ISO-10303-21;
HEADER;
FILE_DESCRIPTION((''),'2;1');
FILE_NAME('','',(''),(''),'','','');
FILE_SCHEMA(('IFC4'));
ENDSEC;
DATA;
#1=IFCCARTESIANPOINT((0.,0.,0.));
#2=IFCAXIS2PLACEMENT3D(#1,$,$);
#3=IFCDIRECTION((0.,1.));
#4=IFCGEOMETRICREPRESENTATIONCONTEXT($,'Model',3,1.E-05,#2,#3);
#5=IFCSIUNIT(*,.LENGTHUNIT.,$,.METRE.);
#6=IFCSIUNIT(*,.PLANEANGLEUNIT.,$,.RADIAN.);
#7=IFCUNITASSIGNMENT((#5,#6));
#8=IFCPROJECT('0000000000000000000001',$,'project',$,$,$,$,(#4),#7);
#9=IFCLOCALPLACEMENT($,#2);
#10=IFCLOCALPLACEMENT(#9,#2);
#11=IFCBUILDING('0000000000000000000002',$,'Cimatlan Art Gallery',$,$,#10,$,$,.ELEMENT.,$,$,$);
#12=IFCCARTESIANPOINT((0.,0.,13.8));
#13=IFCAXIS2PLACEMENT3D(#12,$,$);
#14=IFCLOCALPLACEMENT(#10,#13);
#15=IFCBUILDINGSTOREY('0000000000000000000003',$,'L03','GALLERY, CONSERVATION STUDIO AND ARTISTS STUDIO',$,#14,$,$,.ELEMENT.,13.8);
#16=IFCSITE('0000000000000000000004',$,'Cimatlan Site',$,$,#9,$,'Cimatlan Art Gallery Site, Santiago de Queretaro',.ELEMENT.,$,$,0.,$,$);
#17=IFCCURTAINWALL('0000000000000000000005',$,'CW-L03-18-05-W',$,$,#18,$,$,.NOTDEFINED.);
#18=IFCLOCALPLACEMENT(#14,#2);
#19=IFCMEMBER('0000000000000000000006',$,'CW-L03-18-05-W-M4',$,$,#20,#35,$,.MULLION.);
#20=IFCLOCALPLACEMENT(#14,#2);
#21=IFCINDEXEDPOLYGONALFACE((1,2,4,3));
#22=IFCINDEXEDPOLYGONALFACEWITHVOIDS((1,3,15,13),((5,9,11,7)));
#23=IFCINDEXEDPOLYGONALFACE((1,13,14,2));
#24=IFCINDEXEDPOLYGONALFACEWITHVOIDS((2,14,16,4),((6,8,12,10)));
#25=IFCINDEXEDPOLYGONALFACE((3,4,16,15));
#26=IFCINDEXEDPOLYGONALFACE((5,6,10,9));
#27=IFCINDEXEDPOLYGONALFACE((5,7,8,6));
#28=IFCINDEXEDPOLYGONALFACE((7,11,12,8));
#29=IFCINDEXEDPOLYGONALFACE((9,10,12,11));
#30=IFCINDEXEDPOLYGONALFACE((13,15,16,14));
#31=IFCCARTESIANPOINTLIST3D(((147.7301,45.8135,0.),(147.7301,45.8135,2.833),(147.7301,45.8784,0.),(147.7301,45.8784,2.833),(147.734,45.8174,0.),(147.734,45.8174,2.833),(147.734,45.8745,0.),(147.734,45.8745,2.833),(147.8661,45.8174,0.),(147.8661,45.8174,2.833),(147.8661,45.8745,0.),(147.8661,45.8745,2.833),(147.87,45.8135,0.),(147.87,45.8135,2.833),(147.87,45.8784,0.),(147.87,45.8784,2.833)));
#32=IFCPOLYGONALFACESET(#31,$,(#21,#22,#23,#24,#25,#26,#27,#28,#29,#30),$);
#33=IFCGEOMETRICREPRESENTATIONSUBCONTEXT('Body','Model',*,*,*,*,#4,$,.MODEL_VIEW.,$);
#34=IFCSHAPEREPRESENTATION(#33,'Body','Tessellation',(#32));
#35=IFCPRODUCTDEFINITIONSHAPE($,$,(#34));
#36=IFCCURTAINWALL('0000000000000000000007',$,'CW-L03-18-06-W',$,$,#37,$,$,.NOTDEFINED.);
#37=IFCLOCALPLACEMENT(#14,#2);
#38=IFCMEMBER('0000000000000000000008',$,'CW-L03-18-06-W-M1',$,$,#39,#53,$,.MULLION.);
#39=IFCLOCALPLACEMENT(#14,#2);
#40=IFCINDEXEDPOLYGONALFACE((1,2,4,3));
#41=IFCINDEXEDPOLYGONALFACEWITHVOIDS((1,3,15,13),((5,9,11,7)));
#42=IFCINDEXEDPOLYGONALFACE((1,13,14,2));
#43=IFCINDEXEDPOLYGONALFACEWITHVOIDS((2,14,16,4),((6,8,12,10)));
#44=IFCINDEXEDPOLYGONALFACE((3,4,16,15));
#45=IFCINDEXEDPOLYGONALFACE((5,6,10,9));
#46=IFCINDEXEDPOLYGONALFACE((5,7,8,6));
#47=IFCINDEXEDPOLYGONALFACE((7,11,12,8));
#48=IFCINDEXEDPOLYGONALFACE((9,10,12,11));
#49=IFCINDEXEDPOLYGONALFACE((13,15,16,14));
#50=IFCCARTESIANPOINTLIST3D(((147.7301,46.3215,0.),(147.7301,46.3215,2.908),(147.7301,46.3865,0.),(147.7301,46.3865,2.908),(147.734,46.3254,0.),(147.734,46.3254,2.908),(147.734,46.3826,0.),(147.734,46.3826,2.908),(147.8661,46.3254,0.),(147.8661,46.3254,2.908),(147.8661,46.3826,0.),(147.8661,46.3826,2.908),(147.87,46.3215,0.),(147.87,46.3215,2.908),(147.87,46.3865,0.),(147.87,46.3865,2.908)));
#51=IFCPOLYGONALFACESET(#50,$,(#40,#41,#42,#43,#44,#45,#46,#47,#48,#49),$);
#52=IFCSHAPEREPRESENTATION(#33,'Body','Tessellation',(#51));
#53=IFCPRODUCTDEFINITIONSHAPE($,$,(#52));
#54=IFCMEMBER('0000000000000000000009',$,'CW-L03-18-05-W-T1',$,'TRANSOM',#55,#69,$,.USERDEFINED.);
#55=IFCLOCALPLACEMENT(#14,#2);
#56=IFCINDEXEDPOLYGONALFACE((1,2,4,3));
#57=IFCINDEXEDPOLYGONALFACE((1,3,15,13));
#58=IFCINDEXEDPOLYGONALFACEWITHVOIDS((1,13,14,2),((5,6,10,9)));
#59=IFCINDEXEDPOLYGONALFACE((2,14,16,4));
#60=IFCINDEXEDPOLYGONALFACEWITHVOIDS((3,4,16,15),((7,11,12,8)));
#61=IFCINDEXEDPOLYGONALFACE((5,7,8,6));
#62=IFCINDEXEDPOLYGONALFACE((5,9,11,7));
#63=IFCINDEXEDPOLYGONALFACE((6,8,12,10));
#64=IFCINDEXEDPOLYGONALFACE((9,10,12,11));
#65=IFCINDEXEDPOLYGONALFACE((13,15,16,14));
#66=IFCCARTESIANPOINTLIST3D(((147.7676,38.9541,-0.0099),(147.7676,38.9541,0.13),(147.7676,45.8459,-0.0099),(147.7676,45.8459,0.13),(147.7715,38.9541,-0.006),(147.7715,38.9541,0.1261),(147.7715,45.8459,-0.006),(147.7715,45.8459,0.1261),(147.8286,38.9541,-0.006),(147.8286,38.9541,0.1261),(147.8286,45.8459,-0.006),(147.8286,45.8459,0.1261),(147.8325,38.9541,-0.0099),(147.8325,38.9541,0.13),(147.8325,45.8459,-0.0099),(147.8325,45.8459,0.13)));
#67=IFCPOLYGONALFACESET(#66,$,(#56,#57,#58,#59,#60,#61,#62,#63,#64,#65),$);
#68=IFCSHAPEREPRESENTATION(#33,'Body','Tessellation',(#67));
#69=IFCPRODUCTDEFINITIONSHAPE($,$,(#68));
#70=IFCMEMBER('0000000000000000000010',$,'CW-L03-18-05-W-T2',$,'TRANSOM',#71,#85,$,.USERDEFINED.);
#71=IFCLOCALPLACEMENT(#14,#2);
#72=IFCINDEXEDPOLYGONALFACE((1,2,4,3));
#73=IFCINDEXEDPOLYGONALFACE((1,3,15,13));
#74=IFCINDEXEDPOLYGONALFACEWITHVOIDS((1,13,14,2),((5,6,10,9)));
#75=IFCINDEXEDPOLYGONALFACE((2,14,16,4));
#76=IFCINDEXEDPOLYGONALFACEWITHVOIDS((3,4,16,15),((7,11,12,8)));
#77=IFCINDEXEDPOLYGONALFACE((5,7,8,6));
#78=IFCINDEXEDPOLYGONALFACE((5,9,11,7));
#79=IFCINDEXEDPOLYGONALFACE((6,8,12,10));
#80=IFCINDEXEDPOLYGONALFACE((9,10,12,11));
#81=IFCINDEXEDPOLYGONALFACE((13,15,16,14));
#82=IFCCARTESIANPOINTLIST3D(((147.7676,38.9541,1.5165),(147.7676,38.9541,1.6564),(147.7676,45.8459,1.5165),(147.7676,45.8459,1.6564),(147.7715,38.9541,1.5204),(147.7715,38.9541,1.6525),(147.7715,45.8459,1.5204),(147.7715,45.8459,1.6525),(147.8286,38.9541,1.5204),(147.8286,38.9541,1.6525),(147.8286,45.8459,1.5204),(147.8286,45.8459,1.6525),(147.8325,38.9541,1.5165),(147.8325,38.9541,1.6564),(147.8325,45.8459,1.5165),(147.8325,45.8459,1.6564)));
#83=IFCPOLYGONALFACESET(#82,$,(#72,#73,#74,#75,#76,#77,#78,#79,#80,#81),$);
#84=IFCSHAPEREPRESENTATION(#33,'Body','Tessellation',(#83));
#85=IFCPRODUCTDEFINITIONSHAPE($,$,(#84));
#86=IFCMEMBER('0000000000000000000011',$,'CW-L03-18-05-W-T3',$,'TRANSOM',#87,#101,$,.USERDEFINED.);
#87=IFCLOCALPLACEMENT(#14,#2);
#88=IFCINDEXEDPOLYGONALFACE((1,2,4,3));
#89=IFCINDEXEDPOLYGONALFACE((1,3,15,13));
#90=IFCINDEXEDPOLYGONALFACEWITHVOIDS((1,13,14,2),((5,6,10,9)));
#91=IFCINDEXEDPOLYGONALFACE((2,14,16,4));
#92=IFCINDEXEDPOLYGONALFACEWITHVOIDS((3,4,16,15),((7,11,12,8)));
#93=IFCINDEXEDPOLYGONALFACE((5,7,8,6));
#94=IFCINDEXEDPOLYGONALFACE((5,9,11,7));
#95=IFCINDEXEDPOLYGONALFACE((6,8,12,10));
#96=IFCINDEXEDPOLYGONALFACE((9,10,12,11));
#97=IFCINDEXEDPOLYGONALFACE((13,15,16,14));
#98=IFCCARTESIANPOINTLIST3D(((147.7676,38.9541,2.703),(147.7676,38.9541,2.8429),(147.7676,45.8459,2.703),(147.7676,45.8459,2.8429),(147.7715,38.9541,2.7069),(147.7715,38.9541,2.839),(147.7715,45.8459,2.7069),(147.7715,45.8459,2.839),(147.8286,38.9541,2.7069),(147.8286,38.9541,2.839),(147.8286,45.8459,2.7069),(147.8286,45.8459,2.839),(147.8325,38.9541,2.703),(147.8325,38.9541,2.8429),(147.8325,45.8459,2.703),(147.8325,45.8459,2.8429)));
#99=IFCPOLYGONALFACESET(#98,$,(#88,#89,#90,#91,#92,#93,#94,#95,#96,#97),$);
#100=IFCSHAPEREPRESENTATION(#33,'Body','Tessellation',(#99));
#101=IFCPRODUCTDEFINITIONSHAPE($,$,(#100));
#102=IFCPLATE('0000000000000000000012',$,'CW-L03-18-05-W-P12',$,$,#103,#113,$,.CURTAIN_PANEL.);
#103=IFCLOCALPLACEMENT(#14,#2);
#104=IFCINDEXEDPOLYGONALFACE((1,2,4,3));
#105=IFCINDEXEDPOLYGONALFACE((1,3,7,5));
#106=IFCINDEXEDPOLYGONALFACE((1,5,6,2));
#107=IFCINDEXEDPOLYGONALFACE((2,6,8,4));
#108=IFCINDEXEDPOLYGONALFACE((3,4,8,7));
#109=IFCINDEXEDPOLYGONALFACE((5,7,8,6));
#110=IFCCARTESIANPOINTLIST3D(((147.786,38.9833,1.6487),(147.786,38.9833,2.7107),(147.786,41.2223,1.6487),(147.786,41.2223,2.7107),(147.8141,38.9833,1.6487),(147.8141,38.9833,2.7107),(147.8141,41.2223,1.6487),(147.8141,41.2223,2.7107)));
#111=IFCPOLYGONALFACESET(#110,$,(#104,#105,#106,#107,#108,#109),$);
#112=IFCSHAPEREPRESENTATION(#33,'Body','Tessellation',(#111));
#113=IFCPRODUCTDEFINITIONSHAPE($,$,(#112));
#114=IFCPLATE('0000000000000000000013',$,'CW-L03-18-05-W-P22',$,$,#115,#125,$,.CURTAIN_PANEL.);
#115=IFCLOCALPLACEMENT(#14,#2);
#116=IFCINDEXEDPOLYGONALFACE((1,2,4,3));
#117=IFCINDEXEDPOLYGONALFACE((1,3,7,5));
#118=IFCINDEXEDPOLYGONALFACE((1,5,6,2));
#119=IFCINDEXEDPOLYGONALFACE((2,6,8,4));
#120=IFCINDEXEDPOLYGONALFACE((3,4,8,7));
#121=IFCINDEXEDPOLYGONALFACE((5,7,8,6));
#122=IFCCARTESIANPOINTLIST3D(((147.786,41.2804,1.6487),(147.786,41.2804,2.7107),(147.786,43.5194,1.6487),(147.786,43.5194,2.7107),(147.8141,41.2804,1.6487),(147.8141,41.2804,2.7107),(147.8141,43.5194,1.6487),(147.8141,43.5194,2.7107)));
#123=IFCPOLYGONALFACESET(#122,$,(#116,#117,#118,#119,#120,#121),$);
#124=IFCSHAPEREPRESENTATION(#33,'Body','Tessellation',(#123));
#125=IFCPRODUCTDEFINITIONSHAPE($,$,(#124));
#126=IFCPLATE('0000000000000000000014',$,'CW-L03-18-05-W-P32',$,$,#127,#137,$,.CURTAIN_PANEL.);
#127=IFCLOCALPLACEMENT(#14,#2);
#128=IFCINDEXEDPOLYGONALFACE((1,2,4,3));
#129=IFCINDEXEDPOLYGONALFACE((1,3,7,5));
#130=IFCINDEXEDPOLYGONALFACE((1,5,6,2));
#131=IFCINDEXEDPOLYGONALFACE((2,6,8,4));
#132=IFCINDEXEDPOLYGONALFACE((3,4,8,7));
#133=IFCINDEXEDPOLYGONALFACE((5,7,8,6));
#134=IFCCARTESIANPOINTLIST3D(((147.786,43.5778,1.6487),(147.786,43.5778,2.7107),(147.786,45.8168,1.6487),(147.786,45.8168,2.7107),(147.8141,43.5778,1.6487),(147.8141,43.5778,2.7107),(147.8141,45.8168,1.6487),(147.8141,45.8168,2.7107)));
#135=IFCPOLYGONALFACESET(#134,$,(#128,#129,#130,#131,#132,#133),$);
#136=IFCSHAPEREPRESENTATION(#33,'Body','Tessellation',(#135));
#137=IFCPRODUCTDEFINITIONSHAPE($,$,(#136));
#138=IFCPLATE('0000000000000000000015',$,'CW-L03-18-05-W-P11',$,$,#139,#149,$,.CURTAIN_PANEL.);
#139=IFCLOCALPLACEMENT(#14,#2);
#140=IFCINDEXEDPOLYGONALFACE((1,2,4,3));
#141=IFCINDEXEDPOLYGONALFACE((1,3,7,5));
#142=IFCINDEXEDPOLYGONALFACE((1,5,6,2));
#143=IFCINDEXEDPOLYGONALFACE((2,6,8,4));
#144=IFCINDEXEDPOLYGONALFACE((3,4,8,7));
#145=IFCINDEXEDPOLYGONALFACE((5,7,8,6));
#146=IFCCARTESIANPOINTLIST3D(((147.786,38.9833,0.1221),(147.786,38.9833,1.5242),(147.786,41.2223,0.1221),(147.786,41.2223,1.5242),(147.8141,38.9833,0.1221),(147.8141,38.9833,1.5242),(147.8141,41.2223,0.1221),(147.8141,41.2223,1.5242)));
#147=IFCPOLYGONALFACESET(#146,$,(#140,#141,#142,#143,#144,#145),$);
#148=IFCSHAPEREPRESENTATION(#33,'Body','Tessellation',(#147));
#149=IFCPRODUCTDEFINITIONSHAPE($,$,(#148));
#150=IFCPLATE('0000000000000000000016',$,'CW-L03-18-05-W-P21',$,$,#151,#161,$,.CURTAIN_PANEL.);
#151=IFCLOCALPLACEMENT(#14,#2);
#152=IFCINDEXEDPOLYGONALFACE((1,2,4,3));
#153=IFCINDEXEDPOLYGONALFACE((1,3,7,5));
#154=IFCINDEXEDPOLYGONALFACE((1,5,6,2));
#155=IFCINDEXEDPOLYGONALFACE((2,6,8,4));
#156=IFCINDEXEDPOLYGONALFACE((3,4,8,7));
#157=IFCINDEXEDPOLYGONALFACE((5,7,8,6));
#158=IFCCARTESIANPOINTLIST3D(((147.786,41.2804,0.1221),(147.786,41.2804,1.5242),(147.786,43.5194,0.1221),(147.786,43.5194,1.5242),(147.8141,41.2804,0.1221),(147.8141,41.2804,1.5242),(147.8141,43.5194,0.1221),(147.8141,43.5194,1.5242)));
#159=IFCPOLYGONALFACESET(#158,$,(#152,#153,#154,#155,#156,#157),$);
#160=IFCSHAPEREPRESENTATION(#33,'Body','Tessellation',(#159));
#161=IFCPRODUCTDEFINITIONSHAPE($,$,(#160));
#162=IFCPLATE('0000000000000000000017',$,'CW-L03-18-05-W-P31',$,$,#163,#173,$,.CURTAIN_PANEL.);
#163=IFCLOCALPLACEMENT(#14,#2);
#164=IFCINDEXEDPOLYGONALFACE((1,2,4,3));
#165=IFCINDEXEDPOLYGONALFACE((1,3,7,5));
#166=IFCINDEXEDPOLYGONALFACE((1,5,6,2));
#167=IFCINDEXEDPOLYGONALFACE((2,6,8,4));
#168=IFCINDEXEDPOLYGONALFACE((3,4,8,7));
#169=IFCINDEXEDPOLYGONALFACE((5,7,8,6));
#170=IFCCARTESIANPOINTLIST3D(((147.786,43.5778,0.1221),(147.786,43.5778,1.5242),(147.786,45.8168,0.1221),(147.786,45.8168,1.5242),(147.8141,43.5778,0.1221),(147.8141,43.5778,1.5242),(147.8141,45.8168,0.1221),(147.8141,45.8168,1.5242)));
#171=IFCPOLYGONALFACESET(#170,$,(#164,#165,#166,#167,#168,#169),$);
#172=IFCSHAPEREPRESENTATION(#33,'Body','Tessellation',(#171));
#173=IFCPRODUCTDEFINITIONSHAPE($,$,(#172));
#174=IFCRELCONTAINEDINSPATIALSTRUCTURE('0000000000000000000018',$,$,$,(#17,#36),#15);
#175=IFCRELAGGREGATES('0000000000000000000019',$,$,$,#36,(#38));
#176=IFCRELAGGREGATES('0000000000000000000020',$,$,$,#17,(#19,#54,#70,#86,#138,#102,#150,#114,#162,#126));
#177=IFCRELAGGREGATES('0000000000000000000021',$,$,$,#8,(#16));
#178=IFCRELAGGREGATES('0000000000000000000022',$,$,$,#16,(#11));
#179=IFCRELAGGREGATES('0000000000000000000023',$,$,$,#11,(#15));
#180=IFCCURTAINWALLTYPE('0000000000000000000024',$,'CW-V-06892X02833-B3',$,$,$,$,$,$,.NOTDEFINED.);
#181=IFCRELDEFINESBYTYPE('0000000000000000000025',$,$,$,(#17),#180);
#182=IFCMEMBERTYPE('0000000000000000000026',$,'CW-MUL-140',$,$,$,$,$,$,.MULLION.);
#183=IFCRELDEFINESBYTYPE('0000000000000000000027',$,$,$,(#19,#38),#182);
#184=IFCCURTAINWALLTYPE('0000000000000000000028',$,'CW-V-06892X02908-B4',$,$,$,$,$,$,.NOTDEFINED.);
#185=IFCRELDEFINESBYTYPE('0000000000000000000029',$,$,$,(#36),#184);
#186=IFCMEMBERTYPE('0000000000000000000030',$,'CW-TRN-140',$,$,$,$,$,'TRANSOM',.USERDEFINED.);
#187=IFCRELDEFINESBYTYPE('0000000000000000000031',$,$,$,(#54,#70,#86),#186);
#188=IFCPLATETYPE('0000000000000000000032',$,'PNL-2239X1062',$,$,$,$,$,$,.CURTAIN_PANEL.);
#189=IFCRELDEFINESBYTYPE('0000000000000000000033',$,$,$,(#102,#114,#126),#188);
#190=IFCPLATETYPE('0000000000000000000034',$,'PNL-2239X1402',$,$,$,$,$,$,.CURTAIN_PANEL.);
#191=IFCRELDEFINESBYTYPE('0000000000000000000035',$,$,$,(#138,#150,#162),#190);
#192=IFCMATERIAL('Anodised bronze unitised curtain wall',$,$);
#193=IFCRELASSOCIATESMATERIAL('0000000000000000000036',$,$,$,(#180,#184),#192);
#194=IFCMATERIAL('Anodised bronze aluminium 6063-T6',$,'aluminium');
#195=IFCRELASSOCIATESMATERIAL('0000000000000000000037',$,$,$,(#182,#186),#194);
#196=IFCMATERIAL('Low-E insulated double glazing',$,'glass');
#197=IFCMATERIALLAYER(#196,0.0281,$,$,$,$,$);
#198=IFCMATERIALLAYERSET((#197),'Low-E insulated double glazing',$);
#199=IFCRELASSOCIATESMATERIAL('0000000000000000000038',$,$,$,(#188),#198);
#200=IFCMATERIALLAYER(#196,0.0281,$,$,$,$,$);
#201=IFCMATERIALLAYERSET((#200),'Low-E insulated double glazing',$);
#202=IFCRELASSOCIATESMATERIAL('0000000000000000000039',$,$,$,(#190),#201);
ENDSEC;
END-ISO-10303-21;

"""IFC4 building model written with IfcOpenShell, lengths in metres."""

from ifc_helpers import new_model, si_unit, direction, frame, origin, origin_2d, place, context, subcontext, project, spatial, rectangle, hollow_rectangle, extrude, material, layer, layer_set, material_profile, profile_set, type_object, element, aggregate, save


model = new_model("IFC4")

# Units and contexts
model_context = context("Model", 3, precision=1e-05, world=origin(), true_north=direction((0.0, 1.0)))
body_context = subcontext(model_context, "Body", "Model", "MODEL_VIEW")
ifc_project = project(units=[si_unit("LENGTHUNIT", "METRE"), si_unit("PLANEANGLEUNIT", "RADIAN")], contexts=[model_context])

# Site, building, storey
site_placement = place(None, origin())
site = spatial("IfcSite", under=ifc_project, at=site_placement, Name="Cimatlan Site", LongName="Cimatlan Art Gallery Site, Santiago de Queretaro", CompositionType="ELEMENT", RefElevation=0.0)
building_placement = place(site_placement, origin())
building = spatial("IfcBuilding", under=site, at=building_placement, Name="Cimatlan Art Gallery", CompositionType="ELEMENT")
storey_placement = place(building_placement, frame((0.0, 0.0, 13.8)))
storey = spatial("IfcBuildingStorey", under=building, at=storey_placement, Name="L03", Description="GALLERY, CONSERVATION STUDIO AND ARTISTS STUDIO", CompositionType="ELEMENT", Elevation=13.8)

# Curtain wall, member
ifc_material_1 = material(Name="Anodised bronze unitised curtain wall")
curtain_wall_type_1 = type_object("IfcCurtainWallType", Name="CW-V-06892X02833-B3", PredefinedType="NOTDEFINED", material=ifc_material_1)
curtain_wall_1_placement = place(storey_placement, origin())
curtain_wall_1 = element("IfcCurtainWall", 1, at=curtain_wall_1_placement, inside=storey, type_object=curtain_wall_type_1, Name="CW-L03-18-05-W", PredefinedType="NOTDEFINED")
ifc_material_2 = material(Name="Anodised bronze aluminium 6063-T6", Category="aluminium")
ifc_material_profile_1 = material_profile(ifc_material_2, hollow_rectangle(XDim=0.0649, YDim=0.1399, WallThickness=0.0039, at=origin_2d()), Name="ALU65X140X4")
ifc_profile_set_1 = profile_set([ifc_material_profile_1], Name="Anodised bronze aluminium 6063-T6")
member_type_1 = type_object("IfcMemberType", Name="CW-MUL-140", PredefinedType="MULLION", material=ifc_profile_set_1)
member_1_placement = place(storey_placement, frame((147.8, 45.8459, 0.0), z_axis=(0.0, 0.0, 1.0), x_axis=(0.0, 1.0, 0.0)))
member_1 = element("IfcMember", 2, at=member_1_placement, type_object=member_type_1, Name="CW-L03-18-05-W-M4", PredefinedType="MULLION", context=body_context, shape_type="SweptSolid", body=[
    extrude(hollow_rectangle(XDim=0.0649, YDim=0.1399, WallThickness=0.0039, at=origin_2d()), origin(), (0.0, 0.0, 1.0), 2.833),
])

# Curtain wall, member
curtain_wall_type_2 = type_object("IfcCurtainWallType", Name="CW-V-06892X02908-B4", PredefinedType="NOTDEFINED", material=ifc_material_1)
curtain_wall_2_placement = place(storey_placement, origin())
curtain_wall_2 = element("IfcCurtainWall", 3, at=curtain_wall_2_placement, inside=storey, type_object=curtain_wall_type_2, Name="CW-L03-18-06-W", PredefinedType="NOTDEFINED")
member_2_placement = place(storey_placement, frame((147.8, 46.354, 0.0), z_axis=(0.0, 0.0, 1.0), x_axis=(0.0, 1.0, 0.0)))
member_2 = element("IfcMember", 4, at=member_2_placement, type_object=member_type_1, Name="CW-L03-18-06-W-M1", PredefinedType="MULLION", context=body_context, shape_type="SweptSolid", body=[
    extrude(hollow_rectangle(XDim=0.0649, YDim=0.1399, WallThickness=0.0039, at=origin_2d()), origin(), (0.0, 0.0, 1.0), 2.908),
])
aggregate(curtain_wall_2, [member_2])

# Members
ifc_material_profile_2 = material_profile(ifc_material_2, hollow_rectangle(XDim=0.0649, YDim=0.1399, WallThickness=0.0039, at=origin_2d()), Name="ALU65X140X4")
ifc_profile_set_2 = profile_set([ifc_material_profile_2], Name="Anodised bronze aluminium 6063-T6")
member_type_2 = type_object("IfcMemberType", Name="CW-TRN-140", ElementType="TRANSOM", PredefinedType="USERDEFINED", material=ifc_profile_set_2)
member_3_placement = place(storey_placement, frame((147.8, 38.9541, 0.0601), z_axis=(0.0, 1.0, 0.0), x_axis=(-1.0, 0.0, 0.0)))
member_3 = element("IfcMember", 5, at=member_3_placement, type_object=member_type_2, Name="CW-L03-18-05-W-T1", ObjectType="TRANSOM", PredefinedType="USERDEFINED", context=body_context, shape_type="SweptSolid", body=[
    extrude(hollow_rectangle(XDim=0.0649, YDim=0.1399, WallThickness=0.0039, at=origin_2d()), origin(), (0.0, 0.0, 1.0), 6.8918),
])
member_4_placement = place(storey_placement, frame((147.8, 38.9541, 1.5864), z_axis=(0.0, 1.0, 0.0), x_axis=(-1.0, 0.0, 0.0)))
member_4 = element("IfcMember", 6, at=member_4_placement, type_object=member_type_2, Name="CW-L03-18-05-W-T2", ObjectType="TRANSOM", PredefinedType="USERDEFINED", context=body_context, shape_type="SweptSolid", body=[
    extrude(hollow_rectangle(XDim=0.0649, YDim=0.1399, WallThickness=0.0039, at=origin_2d()), origin(), (0.0, 0.0, 1.0), 6.8918),
])
member_5_placement = place(storey_placement, frame((147.8, 38.9541, 2.7729), z_axis=(0.0, 1.0, 0.0), x_axis=(-1.0, 0.0, 0.0)))
member_5 = element("IfcMember", 7, at=member_5_placement, type_object=member_type_2, Name="CW-L03-18-05-W-T3", ObjectType="TRANSOM", PredefinedType="USERDEFINED", context=body_context, shape_type="SweptSolid", body=[
    extrude(hollow_rectangle(XDim=0.0649, YDim=0.1399, WallThickness=0.0039, at=origin_2d()), origin(), (0.0, 0.0, 1.0), 6.8918),
])

# Plates
ifc_material_3 = material(Name="Low-E insulated double glazing", Category="glass")
ifc_layer_1 = layer(ifc_material_3, 0.0281)
ifc_layer_set_1 = layer_set([ifc_layer_1], Name="Low-E insulated double glazing")
plate_type_1 = type_object("IfcPlateType", Name="PNL-2239X1062", PredefinedType="CURTAIN_PANEL", material=ifc_layer_set_1)
plate_1_placement = place(storey_placement, frame((147.8, 40.1028, 1.6487), z_axis=(0.0, 0.0, 1.0), x_axis=(0.0, 1.0, 0.0)))
plate_1 = element("IfcPlate", 8, at=plate_1_placement, type_object=plate_type_1, Name="CW-L03-18-05-W-P12", PredefinedType="CURTAIN_PANEL", context=body_context, shape_type="SweptSolid", body=[
    extrude(rectangle(XDim=2.239, YDim=0.0281, at=origin_2d()), origin(), (0.0, 0.0, 1.0), 1.062),
])
plate_2_placement = place(storey_placement, frame((147.8, 42.3999, 1.6487), z_axis=(0.0, 0.0, 1.0), x_axis=(0.0, 1.0, 0.0)))
plate_2 = element("IfcPlate", 9, at=plate_2_placement, type_object=plate_type_1, Name="CW-L03-18-05-W-P22", PredefinedType="CURTAIN_PANEL", context=body_context, shape_type="SweptSolid", body=[
    extrude(rectangle(XDim=2.239, YDim=0.0281, at=origin_2d()), origin(), (0.0, 0.0, 1.0), 1.062),
])
plate_3_placement = place(storey_placement, frame((147.8, 44.6973, 1.6487), z_axis=(0.0, 0.0, 1.0), x_axis=(0.0, 1.0, 0.0)))
plate_3 = element("IfcPlate", 10, at=plate_3_placement, type_object=plate_type_1, Name="CW-L03-18-05-W-P32", PredefinedType="CURTAIN_PANEL", context=body_context, shape_type="SweptSolid", body=[
    extrude(rectangle(XDim=2.239, YDim=0.0281, at=origin_2d()), origin(), (0.0, 0.0, 1.0), 1.062),
])
ifc_layer_2 = layer(ifc_material_3, 0.0281)
ifc_layer_set_2 = layer_set([ifc_layer_2], Name="Low-E insulated double glazing")
plate_type_2 = type_object("IfcPlateType", Name="PNL-2239X1402", PredefinedType="CURTAIN_PANEL", material=ifc_layer_set_2)
plate_4_placement = place(storey_placement, frame((147.8, 40.1028, 0.1221), z_axis=(0.0, 0.0, 1.0), x_axis=(0.0, 1.0, 0.0)))
plate_4 = element("IfcPlate", 11, at=plate_4_placement, type_object=plate_type_2, Name="CW-L03-18-05-W-P11", PredefinedType="CURTAIN_PANEL", context=body_context, shape_type="SweptSolid", body=[
    extrude(rectangle(XDim=2.239, YDim=0.0281, at=origin_2d()), origin(), (0.0, 0.0, 1.0), 1.4021),
])
plate_5_placement = place(storey_placement, frame((147.8, 42.3999, 0.1221), z_axis=(0.0, 0.0, 1.0), x_axis=(0.0, 1.0, 0.0)))
plate_5 = element("IfcPlate", 12, at=plate_5_placement, type_object=plate_type_2, Name="CW-L03-18-05-W-P21", PredefinedType="CURTAIN_PANEL", context=body_context, shape_type="SweptSolid", body=[
    extrude(rectangle(XDim=2.239, YDim=0.0281, at=origin_2d()), origin(), (0.0, 0.0, 1.0), 1.4021),
])
plate_6_placement = place(storey_placement, frame((147.8, 44.6973, 0.1221), z_axis=(0.0, 0.0, 1.0), x_axis=(0.0, 1.0, 0.0)))
plate_6 = element("IfcPlate", 13, at=plate_6_placement, type_object=plate_type_2, Name="CW-L03-18-05-W-P31", PredefinedType="CURTAIN_PANEL", context=body_context, shape_type="SweptSolid", body=[
    extrude(rectangle(XDim=2.239, YDim=0.0281, at=origin_2d()), origin(), (0.0, 0.0, 1.0), 1.4021),
])
aggregate(curtain_wall_1, [member_1, member_3, member_4, member_5, plate_4, plate_1, plate_5, plate_2, plate_6, plate_3])

save(model, "model.ifc")
